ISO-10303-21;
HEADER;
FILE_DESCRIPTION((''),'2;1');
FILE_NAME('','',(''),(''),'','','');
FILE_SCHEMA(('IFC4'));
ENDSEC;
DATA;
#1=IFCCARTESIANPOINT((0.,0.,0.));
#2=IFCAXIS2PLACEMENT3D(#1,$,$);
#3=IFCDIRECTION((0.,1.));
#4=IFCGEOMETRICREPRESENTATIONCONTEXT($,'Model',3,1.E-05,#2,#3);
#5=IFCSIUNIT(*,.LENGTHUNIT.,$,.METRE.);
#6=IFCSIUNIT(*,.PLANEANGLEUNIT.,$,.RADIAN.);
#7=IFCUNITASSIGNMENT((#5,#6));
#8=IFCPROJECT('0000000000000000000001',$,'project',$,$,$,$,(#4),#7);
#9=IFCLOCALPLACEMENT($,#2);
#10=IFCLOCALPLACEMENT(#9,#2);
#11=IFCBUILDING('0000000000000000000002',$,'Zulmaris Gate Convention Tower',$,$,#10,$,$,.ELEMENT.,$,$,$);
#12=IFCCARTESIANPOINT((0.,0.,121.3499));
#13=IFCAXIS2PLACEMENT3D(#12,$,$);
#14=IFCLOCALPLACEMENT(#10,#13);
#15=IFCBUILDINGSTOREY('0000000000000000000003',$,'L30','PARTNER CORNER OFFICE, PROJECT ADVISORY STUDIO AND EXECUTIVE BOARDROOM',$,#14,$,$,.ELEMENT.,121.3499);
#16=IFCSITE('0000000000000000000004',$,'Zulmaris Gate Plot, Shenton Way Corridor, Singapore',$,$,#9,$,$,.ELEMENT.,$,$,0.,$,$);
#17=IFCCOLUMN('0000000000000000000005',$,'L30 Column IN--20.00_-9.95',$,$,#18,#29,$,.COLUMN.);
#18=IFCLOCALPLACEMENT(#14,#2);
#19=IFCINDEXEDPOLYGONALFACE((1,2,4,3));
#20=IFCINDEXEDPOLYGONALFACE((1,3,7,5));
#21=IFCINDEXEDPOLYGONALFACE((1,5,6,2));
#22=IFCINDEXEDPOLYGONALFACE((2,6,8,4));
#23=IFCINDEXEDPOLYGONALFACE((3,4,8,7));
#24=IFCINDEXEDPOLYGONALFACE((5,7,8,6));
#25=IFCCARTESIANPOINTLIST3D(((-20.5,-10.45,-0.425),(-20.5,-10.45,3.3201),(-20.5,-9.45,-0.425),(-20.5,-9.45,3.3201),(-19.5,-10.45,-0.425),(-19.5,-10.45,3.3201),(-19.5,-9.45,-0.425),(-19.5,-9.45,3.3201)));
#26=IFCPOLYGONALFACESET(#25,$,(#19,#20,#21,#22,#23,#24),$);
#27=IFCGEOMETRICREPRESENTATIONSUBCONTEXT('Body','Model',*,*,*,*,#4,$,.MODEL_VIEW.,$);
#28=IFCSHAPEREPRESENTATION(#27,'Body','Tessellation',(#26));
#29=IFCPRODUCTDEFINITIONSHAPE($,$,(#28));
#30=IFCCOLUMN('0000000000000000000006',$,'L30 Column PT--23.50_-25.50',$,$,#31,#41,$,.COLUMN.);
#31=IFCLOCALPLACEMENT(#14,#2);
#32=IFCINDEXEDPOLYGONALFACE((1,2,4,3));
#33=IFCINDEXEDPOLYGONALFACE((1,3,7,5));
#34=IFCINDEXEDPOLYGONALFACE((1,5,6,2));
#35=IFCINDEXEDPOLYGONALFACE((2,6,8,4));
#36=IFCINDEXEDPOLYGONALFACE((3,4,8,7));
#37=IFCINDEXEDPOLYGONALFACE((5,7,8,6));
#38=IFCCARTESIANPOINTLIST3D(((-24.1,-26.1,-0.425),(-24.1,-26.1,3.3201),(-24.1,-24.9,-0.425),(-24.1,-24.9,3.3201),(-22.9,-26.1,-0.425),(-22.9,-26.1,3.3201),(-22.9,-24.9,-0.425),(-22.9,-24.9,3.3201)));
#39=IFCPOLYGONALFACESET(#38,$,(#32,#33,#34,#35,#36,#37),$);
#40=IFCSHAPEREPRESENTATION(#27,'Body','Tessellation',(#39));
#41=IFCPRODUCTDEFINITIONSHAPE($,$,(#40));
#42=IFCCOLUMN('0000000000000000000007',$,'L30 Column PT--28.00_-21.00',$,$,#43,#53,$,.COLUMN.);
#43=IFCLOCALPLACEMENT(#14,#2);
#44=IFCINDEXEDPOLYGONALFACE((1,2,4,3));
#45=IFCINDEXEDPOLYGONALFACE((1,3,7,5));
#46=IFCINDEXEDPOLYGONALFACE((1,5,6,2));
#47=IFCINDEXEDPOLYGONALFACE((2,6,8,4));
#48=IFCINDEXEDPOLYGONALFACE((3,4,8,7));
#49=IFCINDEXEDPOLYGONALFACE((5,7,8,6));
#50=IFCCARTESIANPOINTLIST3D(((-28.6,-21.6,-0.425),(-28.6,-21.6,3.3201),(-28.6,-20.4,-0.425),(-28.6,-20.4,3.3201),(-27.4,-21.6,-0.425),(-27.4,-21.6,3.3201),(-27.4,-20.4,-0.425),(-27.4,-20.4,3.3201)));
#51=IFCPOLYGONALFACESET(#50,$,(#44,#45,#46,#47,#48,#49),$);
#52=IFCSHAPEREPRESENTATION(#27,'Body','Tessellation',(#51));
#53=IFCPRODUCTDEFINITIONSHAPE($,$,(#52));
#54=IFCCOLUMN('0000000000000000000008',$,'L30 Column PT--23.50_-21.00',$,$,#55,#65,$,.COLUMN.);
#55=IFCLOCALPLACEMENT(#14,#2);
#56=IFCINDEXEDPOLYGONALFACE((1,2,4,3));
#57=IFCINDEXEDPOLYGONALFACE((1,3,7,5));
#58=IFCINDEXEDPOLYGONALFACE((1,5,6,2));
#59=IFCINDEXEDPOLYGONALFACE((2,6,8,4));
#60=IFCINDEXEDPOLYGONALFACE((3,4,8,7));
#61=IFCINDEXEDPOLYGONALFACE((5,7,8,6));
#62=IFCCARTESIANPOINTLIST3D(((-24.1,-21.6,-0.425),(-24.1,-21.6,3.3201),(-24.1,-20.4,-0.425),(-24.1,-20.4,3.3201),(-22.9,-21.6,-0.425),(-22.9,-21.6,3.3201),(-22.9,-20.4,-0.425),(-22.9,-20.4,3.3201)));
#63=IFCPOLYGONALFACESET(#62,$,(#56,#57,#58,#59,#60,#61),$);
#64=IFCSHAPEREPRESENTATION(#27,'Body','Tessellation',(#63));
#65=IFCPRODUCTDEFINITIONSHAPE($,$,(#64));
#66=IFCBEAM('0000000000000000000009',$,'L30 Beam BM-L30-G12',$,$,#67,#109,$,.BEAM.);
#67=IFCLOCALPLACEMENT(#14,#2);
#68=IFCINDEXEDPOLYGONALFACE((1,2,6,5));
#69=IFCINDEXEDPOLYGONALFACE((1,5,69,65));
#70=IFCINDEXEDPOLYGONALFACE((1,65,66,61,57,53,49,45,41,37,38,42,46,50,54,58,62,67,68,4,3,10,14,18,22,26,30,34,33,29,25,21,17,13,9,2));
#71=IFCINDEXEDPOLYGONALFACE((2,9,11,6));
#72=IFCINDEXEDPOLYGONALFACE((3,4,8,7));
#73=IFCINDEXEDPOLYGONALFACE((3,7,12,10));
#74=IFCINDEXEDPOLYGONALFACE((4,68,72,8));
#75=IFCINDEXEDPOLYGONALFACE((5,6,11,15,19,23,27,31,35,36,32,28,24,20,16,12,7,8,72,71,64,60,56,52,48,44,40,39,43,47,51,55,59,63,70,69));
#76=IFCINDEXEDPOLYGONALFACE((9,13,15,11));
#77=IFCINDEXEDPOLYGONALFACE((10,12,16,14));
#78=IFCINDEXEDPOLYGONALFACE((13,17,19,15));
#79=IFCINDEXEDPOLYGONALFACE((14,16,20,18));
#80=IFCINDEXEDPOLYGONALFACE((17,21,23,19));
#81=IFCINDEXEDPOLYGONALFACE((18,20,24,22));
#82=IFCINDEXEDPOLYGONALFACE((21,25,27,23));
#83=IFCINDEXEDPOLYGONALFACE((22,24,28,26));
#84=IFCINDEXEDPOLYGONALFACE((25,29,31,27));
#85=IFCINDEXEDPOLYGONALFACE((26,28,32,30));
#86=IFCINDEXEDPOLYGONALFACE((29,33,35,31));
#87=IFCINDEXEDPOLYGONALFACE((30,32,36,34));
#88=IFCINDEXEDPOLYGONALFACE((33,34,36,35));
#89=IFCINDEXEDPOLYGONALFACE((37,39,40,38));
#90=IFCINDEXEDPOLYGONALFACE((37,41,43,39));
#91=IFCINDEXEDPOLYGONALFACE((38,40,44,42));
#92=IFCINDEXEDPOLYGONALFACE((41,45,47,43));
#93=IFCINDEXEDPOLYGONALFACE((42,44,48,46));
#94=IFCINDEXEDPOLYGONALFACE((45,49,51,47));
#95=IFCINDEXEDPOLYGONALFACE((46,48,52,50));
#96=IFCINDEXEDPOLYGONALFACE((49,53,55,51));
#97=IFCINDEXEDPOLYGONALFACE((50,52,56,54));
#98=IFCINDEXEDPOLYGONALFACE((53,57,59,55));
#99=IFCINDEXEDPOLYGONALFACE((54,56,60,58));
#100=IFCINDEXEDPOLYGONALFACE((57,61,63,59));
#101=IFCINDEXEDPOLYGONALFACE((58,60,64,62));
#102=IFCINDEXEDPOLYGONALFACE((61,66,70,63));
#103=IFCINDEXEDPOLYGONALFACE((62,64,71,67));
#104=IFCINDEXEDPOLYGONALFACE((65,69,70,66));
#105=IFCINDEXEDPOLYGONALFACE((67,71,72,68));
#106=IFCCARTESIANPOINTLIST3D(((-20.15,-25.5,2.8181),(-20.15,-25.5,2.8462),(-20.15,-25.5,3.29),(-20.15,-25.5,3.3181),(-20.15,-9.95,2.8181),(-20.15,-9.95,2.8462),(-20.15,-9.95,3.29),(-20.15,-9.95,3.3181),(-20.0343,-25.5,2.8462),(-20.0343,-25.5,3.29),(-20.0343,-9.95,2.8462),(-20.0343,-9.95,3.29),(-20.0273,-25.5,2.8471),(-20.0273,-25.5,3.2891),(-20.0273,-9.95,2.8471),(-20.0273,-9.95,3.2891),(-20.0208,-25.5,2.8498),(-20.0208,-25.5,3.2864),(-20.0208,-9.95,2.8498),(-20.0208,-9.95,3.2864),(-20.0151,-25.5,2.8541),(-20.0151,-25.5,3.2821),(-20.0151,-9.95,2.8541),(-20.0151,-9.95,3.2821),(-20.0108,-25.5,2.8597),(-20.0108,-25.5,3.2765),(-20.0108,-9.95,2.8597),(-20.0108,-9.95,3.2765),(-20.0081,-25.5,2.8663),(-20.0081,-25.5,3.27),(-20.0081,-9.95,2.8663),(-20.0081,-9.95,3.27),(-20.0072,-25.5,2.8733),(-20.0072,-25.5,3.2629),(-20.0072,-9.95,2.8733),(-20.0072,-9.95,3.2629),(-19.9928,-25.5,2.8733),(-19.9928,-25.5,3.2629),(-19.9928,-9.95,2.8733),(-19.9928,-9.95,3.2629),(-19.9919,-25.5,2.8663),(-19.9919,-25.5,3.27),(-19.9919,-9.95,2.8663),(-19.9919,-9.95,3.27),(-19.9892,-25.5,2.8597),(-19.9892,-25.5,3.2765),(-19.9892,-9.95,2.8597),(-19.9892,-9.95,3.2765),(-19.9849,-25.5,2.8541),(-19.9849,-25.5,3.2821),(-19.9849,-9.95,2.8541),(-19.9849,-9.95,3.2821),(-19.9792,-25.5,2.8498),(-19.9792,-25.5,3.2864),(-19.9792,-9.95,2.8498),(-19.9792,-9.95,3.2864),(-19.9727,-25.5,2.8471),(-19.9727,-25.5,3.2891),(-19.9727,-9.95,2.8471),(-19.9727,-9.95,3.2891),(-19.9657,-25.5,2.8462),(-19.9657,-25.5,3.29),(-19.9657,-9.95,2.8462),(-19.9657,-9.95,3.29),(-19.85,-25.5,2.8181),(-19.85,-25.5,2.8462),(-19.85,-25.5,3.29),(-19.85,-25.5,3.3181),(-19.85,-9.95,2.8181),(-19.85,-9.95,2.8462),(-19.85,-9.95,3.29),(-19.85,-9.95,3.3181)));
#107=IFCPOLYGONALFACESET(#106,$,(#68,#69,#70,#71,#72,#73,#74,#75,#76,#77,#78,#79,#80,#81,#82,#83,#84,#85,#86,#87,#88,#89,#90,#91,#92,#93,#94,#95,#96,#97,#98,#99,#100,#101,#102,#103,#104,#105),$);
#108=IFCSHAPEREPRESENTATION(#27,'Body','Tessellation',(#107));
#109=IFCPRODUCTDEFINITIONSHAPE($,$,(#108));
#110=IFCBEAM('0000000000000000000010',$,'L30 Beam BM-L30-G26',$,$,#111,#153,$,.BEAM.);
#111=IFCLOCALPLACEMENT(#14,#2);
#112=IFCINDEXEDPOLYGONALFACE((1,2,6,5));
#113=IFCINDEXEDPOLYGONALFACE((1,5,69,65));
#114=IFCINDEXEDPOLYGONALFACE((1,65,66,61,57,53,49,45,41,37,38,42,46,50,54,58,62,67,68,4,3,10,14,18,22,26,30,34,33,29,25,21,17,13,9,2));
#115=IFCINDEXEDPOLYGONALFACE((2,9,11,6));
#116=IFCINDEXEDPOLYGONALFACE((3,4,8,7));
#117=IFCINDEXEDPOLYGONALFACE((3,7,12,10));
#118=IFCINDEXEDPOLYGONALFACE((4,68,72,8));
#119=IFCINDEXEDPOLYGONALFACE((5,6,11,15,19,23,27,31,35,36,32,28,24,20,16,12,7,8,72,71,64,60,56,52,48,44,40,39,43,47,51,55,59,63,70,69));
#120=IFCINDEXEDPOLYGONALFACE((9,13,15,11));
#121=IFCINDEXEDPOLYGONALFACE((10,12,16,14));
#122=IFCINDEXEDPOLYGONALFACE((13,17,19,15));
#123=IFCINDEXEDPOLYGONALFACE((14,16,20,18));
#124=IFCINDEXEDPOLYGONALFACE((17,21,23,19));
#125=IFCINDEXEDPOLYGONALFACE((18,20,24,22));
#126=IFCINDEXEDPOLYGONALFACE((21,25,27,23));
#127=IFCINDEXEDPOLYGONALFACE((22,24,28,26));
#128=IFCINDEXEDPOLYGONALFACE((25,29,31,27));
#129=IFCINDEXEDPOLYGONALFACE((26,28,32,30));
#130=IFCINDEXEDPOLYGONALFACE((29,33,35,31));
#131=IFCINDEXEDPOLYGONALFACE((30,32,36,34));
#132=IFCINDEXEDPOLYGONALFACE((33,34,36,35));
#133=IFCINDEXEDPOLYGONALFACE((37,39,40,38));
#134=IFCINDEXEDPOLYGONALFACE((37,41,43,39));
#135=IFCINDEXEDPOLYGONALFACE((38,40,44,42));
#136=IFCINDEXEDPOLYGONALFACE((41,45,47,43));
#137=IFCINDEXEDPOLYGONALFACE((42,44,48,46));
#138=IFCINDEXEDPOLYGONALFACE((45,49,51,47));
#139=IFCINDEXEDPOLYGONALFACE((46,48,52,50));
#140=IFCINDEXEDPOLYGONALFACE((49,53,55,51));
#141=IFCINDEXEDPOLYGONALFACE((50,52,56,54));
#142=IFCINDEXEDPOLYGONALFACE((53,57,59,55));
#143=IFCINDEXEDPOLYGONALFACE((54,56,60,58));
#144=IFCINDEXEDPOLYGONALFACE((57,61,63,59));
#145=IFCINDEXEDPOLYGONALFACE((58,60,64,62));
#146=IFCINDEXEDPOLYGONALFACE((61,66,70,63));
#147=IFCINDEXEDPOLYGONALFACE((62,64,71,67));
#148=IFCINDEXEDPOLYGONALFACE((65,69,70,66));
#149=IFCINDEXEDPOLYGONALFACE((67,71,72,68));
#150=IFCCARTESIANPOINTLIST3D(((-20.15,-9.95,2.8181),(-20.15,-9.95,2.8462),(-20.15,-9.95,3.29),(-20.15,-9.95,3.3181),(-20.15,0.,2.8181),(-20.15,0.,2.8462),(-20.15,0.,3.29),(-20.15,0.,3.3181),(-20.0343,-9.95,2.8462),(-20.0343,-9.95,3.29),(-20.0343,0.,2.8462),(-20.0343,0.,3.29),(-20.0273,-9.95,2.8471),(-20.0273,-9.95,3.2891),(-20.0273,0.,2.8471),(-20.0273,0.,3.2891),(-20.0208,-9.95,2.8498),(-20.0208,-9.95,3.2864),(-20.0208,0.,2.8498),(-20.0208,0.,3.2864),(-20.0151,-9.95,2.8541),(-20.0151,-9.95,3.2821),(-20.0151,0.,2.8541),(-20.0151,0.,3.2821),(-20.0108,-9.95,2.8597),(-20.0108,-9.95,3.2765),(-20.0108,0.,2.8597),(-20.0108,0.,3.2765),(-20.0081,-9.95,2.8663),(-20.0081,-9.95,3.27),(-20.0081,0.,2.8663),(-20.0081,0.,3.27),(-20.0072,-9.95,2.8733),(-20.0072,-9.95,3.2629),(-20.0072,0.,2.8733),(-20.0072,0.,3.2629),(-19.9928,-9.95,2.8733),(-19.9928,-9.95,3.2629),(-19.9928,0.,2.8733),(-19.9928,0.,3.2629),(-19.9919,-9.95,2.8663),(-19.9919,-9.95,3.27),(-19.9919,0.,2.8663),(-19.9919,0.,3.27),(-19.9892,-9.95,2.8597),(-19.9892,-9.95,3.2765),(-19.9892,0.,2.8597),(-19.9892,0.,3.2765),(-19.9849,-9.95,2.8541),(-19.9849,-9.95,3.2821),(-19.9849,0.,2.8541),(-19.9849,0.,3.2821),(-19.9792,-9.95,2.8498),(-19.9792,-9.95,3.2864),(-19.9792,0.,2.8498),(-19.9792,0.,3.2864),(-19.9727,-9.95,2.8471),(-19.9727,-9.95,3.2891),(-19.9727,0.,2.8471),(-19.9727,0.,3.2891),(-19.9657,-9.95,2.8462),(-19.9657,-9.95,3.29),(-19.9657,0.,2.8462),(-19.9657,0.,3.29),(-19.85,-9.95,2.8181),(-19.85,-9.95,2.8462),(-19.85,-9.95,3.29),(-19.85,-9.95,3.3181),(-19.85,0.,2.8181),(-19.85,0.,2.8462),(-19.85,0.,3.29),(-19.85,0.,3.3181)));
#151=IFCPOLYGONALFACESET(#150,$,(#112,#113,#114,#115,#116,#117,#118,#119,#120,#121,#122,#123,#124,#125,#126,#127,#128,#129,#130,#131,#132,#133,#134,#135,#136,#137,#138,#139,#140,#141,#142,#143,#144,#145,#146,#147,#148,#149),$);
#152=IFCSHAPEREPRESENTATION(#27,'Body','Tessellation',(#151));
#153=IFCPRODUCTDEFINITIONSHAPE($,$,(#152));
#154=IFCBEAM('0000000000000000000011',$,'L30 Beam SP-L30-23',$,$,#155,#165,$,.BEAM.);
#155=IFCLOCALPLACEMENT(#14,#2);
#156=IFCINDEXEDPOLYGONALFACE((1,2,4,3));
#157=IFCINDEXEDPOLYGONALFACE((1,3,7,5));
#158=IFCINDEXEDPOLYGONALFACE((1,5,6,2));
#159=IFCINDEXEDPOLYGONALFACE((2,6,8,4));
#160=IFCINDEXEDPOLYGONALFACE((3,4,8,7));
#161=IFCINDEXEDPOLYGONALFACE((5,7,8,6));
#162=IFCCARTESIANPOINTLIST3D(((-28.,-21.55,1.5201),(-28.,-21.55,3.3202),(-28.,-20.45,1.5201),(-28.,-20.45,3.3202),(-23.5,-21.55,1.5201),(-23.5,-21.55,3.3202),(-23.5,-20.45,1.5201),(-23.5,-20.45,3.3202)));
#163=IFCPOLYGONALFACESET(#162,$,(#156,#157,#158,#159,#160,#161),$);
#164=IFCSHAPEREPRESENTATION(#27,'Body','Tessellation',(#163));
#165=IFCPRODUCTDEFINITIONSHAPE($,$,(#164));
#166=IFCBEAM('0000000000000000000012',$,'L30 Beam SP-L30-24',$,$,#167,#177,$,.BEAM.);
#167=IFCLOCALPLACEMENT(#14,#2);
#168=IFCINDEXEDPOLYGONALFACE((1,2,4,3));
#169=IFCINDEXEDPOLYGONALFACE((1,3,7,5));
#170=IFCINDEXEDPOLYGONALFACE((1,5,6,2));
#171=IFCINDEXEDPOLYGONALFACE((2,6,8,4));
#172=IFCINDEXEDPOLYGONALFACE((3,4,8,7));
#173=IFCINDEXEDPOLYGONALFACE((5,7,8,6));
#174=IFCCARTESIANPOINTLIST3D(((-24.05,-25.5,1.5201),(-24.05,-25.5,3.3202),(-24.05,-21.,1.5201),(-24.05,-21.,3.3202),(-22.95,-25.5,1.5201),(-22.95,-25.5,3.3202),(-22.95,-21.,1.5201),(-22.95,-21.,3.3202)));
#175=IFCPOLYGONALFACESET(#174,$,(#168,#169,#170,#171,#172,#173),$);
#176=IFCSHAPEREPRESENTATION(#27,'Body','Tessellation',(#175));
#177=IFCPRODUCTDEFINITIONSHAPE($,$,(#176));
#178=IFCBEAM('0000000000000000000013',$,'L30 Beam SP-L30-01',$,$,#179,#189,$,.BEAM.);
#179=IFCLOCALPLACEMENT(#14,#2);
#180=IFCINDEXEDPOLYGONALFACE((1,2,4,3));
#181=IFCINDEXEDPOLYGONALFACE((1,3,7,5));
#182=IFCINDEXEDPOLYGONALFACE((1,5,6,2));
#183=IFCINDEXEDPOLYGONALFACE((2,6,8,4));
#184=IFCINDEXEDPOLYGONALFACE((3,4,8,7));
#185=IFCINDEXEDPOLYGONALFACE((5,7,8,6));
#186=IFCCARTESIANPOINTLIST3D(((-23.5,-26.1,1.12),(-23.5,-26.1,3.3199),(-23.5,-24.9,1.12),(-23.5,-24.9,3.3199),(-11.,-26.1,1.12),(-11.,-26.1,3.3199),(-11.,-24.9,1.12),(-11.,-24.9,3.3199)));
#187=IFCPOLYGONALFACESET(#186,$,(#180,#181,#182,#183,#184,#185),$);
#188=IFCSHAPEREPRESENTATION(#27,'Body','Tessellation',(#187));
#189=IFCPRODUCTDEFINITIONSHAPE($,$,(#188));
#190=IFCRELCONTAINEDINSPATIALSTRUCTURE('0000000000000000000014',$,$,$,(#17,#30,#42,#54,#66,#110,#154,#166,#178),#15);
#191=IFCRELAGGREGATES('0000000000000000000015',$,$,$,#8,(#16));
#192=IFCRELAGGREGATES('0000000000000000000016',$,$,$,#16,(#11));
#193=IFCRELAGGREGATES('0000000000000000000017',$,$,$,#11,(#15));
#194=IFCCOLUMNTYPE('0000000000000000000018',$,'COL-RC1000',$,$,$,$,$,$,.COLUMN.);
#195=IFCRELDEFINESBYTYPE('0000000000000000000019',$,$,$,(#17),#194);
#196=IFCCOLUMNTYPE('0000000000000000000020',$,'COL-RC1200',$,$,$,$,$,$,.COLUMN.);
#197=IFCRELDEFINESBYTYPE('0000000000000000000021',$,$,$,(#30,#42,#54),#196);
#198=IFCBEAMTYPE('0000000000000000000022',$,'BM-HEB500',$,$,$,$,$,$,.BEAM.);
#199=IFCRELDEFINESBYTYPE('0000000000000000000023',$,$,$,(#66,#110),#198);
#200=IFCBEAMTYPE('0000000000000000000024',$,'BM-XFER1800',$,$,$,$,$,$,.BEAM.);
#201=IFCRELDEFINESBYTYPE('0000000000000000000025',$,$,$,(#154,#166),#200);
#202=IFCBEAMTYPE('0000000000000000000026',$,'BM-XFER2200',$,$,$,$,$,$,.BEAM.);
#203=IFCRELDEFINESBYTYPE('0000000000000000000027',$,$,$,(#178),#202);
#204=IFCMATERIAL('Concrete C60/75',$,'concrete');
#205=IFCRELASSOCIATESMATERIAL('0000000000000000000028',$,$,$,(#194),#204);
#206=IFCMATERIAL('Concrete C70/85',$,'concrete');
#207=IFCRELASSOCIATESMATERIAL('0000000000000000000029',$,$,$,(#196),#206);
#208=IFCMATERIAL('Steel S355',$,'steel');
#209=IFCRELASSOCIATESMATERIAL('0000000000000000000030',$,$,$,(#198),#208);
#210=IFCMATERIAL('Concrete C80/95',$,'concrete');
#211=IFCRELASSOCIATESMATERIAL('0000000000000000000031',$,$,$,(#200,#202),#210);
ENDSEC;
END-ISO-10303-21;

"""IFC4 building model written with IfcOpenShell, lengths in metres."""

from ifc_helpers import new_model, si_unit, direction, frame, origin, origin_2d, place, context, subcontext, project, spatial, rectangle, i_section, extrude, material, material_profile, profile_set, type_object, element, save


model = new_model("IFC4")

# Units and contexts
model_context = context("Model", 3, precision=1e-05, world=origin(), true_north=direction((0.0, 1.0)))
body_context = subcontext(model_context, "Body", "Model", "MODEL_VIEW")
ifc_project = project(units=[si_unit("LENGTHUNIT", "METRE"), si_unit("PLANEANGLEUNIT", "RADIAN")], contexts=[model_context])

# Site, building, storey
site_placement = place(None, origin())
site = spatial("IfcSite", under=ifc_project, at=site_placement, Name="Zulmaris Gate Plot, Shenton Way Corridor, Singapore", CompositionType="ELEMENT", RefElevation=0.0)
building_placement = place(site_placement, origin())
building = spatial("IfcBuilding", under=site, at=building_placement, Name="Zulmaris Gate Convention Tower", CompositionType="ELEMENT")
storey_placement = place(building_placement, frame((0.0, 0.0, 121.3499)))
storey = spatial("IfcBuildingStorey", under=building, at=storey_placement, Name="L30", Description="PARTNER CORNER OFFICE, PROJECT ADVISORY STUDIO AND EXECUTIVE BOARDROOM", CompositionType="ELEMENT", Elevation=121.3499)

# Columns
ifc_material_1 = material(Name="Concrete C60/75", Category="concrete")
ifc_material_profile_1 = material_profile(ifc_material_1, rectangle(XDim=1.0, YDim=1.0, at=origin_2d()), Name="RC COL 1000x1000")
ifc_profile_set_1 = profile_set([ifc_material_profile_1], Name="Concrete C60/75")
column_type_1 = type_object("IfcColumnType", Name="COL-RC1000", PredefinedType="COLUMN", material=ifc_profile_set_1)
column_placement = place(storey_placement, frame((-20.0, -9.95, -0.425), z_axis=(0.0, 0.0, 1.0), x_axis=(1.0, 0.0, 0.0)))
element("IfcColumn", 1, at=column_placement, inside=storey, type_object=column_type_1, Name="L30 Column IN--20.00_-9.95", PredefinedType="COLUMN", context=body_context, shape_type="SweptSolid", body=[
    extrude(rectangle(XDim=1.0, YDim=1.0, at=origin_2d()), origin(), (0.0, 0.0, 1.0), 3.7451),
])
ifc_material_2 = material(Name="Concrete C70/85", Category="concrete")
ifc_material_profile_2 = material_profile(ifc_material_2, rectangle(XDim=1.2, YDim=1.2, at=origin_2d()), Name="RC COL 1200x1200")
ifc_profile_set_2 = profile_set([ifc_material_profile_2], Name="Concrete C70/85")
column_type_2 = type_object("IfcColumnType", Name="COL-RC1200", PredefinedType="COLUMN", material=ifc_profile_set_2)
for number, where, z_axis, x_axis, name in (
    (2, (-23.5, -25.5, -0.425), (0.0, 0.0, 1.0), (1.0, 0.0, 0.0), "L30 Column PT--23.50_-25.50"),
    (3, (-28.0, -21.0, -0.425), (0.0, 0.0, 1.0), (1.0, 0.0, 0.0), "L30 Column PT--28.00_-21.00"),
    (4, (-23.5, -21.0, -0.425), (0.0, 0.0, 1.0), (1.0, 0.0, 0.0), "L30 Column PT--23.50_-21.00"),
):
    element("IfcColumn", number, at=place(storey_placement, frame(where, z_axis=z_axis, x_axis=x_axis)), inside=storey, type_object=column_type_2, Name=name, PredefinedType="COLUMN", context=body_context, shape_type="SweptSolid", body=[
        extrude(rectangle(XDim=1.2, YDim=1.2, at=origin_2d()), origin(), (0.0, 0.0, 1.0), 3.7451),
    ])

# Beams
ifc_material_3 = material(Name="Steel S355", Category="steel")
ifc_material_profile_3 = material_profile(ifc_material_3, i_section(OverallWidth=0.3, OverallDepth=0.5, WebThickness=0.0144, FlangeThickness=0.0281, FilletRadius=0.0271, at=origin_2d()), Name="HEB 500")
ifc_profile_set_3 = profile_set([ifc_material_profile_3], Name="Steel S355")
beam_type_1 = type_object("IfcBeamType", Name="BM-HEB500", PredefinedType="BEAM", material=ifc_profile_set_3)
beam_1_placement = place(storey_placement, frame((-20.0, -25.5, 3.0681), z_axis=(0.0, 1.0, 0.0), x_axis=(-1.0, 0.0, 0.0)))
element("IfcBeam", 5, at=beam_1_placement, inside=storey, type_object=beam_type_1, Name="L30 Beam BM-L30-G12", PredefinedType="BEAM", context=body_context, shape_type="SweptSolid", body=[
    extrude(i_section(OverallWidth=0.3, OverallDepth=0.5, WebThickness=0.0144, FlangeThickness=0.0281, FilletRadius=0.0271, at=origin_2d()), origin(), (0.0, 0.0, 1.0), 15.55),
])
beam_2_placement = place(storey_placement, frame((-20.0, -9.95, 3.0681), z_axis=(0.0, 1.0, 0.0), x_axis=(-1.0, 0.0, 0.0)))
element("IfcBeam", 6, at=beam_2_placement, inside=storey, type_object=beam_type_1, Name="L30 Beam BM-L30-G26", PredefinedType="BEAM", context=body_context, shape_type="SweptSolid", body=[
    extrude(i_section(OverallWidth=0.3, OverallDepth=0.5, WebThickness=0.0144, FlangeThickness=0.0281, FilletRadius=0.0271, at=origin_2d()), origin(), (0.0, 0.0, 1.0), 9.95),
])
ifc_material_4 = material(Name="Concrete C80/95", Category="concrete")
ifc_material_profile_4 = material_profile(ifc_material_4, rectangle(XDim=1.1001, YDim=1.8, at=origin_2d()), Name="RC TRANSFER 1100x1800")
ifc_profile_set_4 = profile_set([ifc_material_profile_4], Name="Concrete C80/95")
beam_type_2 = type_object("IfcBeamType", Name="BM-XFER1800", PredefinedType="BEAM", material=ifc_profile_set_4)
for number, where, z_axis, x_axis, name in (
    (7, (-28.0, -21.0, 2.4202), (1.0, 0.0, 0.0), (0.0, 1.0, 0.0), "L30 Beam SP-L30-23"),
    (8, (-23.5, -21.0, 2.4202), (0.0, -1.0, 0.0), (1.0, 0.0, 0.0), "L30 Beam SP-L30-24"),
):
    element("IfcBeam", number, at=place(storey_placement, frame(where, z_axis=z_axis, x_axis=x_axis)), inside=storey, type_object=beam_type_2, Name=name, PredefinedType="BEAM", context=body_context, shape_type="SweptSolid", body=[
        extrude(rectangle(XDim=1.1001, YDim=1.8, at=origin_2d()), origin(), (0.0, 0.0, 1.0), 4.5),
    ])
ifc_material_profile_5 = material_profile(ifc_material_4, rectangle(XDim=1.2, YDim=2.2, at=origin_2d()), Name="RC TRANSFER 1200x2200")
ifc_profile_set_5 = profile_set([ifc_material_profile_5], Name="Concrete C80/95")
beam_type_3 = type_object("IfcBeamType", Name="BM-XFER2200", PredefinedType="BEAM", material=ifc_profile_set_5)
beam_3_placement = place(storey_placement, frame((-23.5, -25.5, 2.22), z_axis=(1.0, 0.0, 0.0), x_axis=(0.0, 1.0, 0.0)))
element("IfcBeam", 9, at=beam_3_placement, inside=storey, type_object=beam_type_3, Name="L30 Beam SP-L30-01", PredefinedType="BEAM", context=body_context, shape_type="SweptSolid", body=[
    extrude(rectangle(XDim=1.2, YDim=2.2, at=origin_2d()), origin(), (0.0, 0.0, 1.0), 12.5),
])

save(model, "model.ifc")
